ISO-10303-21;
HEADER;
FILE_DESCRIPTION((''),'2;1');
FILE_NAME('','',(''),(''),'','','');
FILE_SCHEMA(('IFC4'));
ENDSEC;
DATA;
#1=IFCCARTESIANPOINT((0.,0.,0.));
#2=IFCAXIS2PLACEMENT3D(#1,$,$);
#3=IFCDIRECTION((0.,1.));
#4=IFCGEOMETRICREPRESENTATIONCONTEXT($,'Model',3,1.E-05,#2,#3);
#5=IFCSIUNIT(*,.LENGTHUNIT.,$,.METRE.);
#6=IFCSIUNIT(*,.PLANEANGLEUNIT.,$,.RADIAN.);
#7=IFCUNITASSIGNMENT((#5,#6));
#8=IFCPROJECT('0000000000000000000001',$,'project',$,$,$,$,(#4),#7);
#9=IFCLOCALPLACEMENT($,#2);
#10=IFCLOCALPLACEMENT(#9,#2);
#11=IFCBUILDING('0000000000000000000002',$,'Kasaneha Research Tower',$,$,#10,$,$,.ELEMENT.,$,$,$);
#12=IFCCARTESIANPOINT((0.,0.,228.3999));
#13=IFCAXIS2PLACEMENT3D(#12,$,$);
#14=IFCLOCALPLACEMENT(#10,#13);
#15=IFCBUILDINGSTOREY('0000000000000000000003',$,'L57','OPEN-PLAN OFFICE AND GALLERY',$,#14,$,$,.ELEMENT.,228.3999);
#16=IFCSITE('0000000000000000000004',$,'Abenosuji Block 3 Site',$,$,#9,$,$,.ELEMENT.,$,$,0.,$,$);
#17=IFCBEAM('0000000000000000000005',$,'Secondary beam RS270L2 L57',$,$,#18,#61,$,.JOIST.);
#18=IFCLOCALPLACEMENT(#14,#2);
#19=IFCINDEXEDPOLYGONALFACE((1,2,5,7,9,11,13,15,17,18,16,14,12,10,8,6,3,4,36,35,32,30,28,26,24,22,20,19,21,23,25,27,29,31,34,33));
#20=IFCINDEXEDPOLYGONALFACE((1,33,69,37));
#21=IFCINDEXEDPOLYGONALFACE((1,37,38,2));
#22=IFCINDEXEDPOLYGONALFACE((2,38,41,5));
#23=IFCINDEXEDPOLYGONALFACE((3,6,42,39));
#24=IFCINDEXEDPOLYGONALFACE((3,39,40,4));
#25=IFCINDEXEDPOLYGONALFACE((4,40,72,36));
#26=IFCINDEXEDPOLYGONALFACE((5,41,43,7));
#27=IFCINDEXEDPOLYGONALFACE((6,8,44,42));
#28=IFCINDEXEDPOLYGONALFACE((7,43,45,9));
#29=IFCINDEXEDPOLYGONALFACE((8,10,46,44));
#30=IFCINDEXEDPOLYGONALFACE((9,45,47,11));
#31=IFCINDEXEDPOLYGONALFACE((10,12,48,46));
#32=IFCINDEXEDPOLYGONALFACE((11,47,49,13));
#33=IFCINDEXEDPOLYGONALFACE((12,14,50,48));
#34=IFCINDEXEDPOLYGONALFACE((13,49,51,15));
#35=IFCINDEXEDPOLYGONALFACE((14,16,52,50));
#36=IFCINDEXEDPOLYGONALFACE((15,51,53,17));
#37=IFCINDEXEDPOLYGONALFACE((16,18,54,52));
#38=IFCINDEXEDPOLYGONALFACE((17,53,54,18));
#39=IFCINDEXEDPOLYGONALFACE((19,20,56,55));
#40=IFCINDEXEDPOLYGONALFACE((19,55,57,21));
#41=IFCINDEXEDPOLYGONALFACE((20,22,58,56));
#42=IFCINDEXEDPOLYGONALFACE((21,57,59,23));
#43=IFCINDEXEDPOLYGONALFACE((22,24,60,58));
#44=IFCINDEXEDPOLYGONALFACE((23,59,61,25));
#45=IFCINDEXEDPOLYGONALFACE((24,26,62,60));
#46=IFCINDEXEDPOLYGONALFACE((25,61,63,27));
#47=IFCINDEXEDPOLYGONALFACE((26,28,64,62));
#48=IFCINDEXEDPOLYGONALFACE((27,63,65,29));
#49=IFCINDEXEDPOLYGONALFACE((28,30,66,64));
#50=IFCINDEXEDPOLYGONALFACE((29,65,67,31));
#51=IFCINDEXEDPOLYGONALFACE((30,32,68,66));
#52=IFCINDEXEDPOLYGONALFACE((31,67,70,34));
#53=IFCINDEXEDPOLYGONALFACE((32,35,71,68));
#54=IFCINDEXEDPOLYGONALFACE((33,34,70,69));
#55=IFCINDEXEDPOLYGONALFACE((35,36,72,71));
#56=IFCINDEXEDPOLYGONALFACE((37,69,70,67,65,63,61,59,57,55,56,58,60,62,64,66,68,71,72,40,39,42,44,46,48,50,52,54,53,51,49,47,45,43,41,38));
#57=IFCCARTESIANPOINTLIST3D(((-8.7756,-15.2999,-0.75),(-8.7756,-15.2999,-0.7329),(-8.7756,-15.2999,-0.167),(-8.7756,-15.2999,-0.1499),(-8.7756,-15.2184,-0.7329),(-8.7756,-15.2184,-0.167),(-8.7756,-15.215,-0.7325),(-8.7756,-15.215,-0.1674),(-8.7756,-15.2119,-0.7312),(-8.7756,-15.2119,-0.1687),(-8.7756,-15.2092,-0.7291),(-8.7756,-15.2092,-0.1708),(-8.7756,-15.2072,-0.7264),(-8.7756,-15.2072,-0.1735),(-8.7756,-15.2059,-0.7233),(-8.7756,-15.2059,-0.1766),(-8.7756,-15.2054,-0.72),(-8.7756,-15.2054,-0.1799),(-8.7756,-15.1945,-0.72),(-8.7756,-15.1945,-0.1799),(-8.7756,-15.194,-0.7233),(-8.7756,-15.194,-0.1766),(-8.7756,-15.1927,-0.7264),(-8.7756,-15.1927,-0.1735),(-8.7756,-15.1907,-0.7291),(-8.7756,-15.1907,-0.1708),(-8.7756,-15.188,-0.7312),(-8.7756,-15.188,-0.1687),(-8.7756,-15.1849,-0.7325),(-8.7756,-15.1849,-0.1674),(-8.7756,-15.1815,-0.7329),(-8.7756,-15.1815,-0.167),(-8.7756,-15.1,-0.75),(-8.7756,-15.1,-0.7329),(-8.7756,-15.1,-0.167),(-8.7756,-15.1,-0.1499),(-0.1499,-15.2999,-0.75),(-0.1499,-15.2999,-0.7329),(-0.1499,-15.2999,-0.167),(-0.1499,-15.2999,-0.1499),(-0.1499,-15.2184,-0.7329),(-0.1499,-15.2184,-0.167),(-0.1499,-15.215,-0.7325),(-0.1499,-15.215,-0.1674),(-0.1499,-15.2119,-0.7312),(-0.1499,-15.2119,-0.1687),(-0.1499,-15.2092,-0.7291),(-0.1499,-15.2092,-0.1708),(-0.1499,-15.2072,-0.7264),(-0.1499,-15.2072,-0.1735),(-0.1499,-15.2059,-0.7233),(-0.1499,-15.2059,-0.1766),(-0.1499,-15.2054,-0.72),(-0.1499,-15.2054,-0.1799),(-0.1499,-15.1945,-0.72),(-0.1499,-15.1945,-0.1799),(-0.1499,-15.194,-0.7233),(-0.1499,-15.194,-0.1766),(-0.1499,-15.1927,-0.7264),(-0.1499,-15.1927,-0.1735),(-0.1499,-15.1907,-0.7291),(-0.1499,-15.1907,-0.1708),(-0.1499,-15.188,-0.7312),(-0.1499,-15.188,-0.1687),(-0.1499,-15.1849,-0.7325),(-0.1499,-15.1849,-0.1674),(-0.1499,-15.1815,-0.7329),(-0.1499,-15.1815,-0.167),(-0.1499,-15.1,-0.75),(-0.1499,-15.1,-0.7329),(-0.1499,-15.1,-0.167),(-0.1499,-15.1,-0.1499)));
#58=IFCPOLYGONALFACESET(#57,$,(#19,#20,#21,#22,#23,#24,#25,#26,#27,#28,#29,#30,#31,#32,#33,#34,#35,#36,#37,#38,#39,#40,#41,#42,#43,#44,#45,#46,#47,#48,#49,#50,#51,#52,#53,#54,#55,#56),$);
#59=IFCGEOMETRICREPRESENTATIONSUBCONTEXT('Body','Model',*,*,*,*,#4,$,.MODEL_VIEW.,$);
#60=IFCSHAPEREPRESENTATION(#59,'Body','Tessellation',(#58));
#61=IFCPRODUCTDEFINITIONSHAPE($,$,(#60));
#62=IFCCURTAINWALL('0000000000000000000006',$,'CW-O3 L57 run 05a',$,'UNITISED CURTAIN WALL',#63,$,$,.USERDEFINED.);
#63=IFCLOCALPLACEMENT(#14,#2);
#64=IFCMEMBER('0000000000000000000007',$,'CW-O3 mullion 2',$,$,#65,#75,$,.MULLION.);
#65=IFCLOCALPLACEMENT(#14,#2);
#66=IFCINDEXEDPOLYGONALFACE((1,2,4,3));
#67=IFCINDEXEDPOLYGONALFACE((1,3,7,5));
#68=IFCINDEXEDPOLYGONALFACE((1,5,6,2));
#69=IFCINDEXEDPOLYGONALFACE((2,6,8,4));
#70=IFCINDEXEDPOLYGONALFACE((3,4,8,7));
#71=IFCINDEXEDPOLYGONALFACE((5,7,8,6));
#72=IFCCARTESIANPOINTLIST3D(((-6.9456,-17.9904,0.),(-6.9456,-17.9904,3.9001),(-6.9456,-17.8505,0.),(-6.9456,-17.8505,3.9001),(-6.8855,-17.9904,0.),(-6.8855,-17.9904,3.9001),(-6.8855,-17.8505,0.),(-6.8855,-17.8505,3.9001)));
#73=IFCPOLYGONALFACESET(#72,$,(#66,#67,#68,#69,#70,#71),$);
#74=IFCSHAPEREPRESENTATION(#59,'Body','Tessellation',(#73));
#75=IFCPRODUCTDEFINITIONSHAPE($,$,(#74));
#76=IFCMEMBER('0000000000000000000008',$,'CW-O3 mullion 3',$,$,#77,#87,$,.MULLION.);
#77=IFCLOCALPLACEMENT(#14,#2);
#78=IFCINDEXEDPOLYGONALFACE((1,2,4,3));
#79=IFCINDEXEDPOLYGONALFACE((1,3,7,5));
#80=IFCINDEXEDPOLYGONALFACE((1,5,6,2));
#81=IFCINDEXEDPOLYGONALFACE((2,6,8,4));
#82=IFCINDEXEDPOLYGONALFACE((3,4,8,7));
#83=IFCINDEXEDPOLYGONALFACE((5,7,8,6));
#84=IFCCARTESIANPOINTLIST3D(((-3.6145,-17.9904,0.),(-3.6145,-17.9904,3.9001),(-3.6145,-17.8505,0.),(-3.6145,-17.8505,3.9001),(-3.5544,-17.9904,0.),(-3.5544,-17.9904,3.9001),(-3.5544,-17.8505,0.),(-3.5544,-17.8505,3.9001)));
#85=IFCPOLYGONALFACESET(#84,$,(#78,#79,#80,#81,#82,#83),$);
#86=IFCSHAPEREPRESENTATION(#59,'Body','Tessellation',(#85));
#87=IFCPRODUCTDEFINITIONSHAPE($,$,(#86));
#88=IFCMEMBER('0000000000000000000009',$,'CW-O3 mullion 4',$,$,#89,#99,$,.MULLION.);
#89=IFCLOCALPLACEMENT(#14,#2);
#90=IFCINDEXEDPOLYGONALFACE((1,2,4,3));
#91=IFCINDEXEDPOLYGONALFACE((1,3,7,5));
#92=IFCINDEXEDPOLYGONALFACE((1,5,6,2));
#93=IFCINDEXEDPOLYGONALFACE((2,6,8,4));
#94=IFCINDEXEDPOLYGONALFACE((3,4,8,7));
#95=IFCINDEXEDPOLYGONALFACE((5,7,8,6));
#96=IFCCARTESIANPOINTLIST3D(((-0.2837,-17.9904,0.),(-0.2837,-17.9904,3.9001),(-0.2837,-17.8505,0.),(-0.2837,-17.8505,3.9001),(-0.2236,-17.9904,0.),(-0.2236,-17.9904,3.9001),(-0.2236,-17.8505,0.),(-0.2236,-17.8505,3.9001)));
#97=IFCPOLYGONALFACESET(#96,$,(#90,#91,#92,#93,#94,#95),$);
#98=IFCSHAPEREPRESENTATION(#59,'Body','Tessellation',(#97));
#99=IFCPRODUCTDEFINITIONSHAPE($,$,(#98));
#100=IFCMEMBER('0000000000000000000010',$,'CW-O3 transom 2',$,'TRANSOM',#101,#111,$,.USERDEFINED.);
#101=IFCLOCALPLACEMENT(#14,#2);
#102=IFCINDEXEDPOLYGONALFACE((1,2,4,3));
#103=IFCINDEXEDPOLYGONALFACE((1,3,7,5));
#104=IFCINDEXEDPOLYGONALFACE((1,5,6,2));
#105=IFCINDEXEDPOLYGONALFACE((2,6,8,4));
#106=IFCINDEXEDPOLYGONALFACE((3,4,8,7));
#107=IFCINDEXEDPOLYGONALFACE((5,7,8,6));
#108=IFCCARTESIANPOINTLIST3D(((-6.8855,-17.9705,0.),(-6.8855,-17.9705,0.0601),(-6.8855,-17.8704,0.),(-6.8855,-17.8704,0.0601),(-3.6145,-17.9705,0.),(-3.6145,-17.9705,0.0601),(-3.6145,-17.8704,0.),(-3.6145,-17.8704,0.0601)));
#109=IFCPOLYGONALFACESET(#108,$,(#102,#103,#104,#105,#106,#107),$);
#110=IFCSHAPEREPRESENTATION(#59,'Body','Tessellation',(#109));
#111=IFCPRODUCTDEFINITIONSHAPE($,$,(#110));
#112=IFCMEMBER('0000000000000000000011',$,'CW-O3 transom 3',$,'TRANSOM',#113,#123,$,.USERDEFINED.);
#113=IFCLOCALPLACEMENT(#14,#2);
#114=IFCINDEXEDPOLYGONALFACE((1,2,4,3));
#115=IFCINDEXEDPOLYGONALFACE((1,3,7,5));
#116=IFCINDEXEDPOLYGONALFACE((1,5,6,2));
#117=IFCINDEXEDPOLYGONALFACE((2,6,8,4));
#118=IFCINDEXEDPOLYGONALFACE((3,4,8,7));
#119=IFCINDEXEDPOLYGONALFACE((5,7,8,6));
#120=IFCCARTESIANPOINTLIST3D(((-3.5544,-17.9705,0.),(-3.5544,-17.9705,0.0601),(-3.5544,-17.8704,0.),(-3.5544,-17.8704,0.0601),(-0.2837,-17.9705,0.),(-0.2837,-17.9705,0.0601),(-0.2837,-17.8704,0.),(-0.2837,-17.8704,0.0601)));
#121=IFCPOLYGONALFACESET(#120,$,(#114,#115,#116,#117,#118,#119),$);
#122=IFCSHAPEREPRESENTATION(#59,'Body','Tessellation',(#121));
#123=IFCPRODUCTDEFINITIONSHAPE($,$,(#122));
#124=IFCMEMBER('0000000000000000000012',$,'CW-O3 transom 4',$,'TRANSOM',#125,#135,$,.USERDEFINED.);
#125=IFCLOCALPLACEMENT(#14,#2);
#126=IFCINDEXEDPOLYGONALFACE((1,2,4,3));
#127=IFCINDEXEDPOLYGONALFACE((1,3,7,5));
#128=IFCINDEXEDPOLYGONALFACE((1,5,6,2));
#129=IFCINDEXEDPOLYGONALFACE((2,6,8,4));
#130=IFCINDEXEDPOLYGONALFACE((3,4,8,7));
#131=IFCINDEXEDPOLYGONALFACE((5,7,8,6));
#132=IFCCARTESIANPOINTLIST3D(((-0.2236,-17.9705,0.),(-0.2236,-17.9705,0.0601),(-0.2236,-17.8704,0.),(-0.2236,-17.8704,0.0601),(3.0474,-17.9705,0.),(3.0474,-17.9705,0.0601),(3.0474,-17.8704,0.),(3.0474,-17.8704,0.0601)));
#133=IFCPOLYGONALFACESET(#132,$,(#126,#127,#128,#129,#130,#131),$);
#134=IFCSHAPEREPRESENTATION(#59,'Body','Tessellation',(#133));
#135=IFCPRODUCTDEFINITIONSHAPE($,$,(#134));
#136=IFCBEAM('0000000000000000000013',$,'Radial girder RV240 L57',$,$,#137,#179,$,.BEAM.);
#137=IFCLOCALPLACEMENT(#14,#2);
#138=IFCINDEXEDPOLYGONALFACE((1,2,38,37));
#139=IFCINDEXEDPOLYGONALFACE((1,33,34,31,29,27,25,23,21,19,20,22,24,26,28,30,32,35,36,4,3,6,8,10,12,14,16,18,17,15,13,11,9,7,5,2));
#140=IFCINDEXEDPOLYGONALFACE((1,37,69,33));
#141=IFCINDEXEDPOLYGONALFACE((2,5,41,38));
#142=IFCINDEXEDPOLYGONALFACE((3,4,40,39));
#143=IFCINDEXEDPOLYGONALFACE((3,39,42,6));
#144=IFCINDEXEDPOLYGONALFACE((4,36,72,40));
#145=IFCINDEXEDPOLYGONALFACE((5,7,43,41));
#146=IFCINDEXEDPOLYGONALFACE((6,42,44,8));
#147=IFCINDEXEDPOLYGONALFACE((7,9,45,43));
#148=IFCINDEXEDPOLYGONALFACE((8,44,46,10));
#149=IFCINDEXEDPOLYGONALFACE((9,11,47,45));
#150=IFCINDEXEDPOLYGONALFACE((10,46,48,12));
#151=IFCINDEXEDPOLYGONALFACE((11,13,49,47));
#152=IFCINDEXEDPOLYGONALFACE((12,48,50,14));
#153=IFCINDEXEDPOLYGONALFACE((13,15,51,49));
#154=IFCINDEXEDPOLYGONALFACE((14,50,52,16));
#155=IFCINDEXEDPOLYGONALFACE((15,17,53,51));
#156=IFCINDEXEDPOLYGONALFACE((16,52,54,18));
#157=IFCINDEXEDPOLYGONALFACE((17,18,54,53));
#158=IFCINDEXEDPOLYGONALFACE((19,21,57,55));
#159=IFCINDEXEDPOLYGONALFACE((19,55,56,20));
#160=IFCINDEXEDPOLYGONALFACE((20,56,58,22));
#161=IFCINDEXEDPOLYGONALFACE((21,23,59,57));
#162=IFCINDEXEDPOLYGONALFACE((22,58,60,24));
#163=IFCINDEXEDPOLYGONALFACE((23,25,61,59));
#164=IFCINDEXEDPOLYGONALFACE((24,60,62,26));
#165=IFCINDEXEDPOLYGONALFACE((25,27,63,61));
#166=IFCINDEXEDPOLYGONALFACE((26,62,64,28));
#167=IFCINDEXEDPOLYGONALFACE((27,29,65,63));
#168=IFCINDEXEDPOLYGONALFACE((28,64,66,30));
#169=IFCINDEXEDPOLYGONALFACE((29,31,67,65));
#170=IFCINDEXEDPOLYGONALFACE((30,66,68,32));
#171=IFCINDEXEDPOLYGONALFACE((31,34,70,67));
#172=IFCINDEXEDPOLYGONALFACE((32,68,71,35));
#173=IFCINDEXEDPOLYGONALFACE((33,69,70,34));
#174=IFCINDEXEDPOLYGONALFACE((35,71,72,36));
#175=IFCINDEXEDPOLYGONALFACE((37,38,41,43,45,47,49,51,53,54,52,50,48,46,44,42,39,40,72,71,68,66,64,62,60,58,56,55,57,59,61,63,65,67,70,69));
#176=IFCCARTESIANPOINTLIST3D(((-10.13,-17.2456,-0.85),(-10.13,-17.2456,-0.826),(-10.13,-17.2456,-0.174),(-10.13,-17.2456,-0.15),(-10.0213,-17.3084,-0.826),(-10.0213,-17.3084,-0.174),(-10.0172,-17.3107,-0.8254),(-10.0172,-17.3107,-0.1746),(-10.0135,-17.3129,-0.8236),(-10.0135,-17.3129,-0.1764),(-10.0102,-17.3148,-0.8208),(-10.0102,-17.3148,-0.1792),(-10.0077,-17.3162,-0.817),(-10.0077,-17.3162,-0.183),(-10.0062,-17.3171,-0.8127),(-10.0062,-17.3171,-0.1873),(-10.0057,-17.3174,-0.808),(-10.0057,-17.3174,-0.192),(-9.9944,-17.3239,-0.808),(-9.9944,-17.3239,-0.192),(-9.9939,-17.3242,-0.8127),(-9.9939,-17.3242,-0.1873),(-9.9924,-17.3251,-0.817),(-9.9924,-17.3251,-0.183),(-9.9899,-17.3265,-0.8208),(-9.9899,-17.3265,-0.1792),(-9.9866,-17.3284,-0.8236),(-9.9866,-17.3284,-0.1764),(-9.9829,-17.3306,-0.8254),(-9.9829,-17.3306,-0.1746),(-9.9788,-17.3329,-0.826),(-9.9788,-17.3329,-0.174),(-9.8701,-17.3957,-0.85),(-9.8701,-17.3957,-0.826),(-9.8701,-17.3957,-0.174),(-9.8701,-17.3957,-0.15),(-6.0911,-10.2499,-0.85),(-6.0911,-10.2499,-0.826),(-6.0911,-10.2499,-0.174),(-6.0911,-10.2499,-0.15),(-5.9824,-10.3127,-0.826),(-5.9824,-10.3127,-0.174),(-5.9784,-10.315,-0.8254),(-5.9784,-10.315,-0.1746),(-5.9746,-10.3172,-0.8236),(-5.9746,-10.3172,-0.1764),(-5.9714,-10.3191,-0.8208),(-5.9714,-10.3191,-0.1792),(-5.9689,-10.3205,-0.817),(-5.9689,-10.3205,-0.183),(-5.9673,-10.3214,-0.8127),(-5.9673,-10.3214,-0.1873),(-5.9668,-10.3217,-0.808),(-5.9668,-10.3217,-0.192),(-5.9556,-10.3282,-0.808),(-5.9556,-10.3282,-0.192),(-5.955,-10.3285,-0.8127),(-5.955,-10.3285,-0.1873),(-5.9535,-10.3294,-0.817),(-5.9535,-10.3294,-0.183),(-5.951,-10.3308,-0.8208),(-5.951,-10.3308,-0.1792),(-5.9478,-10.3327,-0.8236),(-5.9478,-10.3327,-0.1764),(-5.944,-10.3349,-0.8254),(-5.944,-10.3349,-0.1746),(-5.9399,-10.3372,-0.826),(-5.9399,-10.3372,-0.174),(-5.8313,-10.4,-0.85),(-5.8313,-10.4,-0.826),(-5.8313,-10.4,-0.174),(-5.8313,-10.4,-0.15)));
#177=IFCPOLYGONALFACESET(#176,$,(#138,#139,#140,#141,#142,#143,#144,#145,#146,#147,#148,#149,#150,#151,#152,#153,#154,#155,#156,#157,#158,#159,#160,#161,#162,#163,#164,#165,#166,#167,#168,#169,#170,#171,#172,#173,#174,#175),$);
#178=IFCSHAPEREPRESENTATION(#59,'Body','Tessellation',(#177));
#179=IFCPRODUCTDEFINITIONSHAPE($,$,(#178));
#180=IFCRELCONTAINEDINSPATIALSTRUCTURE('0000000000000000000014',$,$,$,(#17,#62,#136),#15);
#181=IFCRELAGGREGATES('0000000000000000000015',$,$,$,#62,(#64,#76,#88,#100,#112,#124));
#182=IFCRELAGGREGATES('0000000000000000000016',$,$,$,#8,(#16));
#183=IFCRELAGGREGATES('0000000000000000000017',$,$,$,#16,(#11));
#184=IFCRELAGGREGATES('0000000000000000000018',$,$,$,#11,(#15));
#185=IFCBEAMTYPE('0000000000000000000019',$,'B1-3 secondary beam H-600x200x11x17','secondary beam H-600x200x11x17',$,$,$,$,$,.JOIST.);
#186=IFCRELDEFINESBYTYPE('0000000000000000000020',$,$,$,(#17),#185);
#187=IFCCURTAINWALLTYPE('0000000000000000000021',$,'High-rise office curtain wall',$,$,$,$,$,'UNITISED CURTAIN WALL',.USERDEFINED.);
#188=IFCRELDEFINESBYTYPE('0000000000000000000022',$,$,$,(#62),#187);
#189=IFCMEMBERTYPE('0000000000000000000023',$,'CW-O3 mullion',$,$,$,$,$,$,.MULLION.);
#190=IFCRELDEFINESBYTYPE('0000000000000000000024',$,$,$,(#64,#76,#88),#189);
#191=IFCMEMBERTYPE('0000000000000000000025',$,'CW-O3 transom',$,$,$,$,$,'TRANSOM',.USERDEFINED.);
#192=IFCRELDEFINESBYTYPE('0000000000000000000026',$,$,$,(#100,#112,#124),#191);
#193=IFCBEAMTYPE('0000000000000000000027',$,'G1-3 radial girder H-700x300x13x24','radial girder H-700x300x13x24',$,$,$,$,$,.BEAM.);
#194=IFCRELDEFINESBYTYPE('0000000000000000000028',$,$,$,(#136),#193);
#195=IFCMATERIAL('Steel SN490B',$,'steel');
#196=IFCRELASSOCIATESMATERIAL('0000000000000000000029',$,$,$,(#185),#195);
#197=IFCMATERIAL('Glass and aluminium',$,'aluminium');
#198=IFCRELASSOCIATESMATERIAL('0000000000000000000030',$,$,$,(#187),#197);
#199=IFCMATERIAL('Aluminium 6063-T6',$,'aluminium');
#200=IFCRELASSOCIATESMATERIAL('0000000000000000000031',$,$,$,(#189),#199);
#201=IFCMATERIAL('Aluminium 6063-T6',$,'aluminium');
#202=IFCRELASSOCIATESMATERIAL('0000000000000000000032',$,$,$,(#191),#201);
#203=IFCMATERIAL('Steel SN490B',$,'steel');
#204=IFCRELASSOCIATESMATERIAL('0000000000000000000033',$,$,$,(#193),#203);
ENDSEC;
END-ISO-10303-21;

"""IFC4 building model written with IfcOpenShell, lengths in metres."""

from ifc_helpers import new_model, si_unit, direction, frame, origin, origin_2d, place, context, subcontext, project, spatial, rectangle, i_section, extrude, material, material_profile, profile_set, type_object, element, aggregate, save


model = new_model("IFC4")

# Units and contexts
model_context = context("Model", 3, precision=1e-05, world=origin(), true_north=direction((0.0, 1.0)))
body_context = subcontext(model_context, "Body", "Model", "MODEL_VIEW")
ifc_project = project(units=[si_unit("LENGTHUNIT", "METRE"), si_unit("PLANEANGLEUNIT", "RADIAN")], contexts=[model_context])

# Site, building, storey
site_placement = place(None, origin())
site = spatial("IfcSite", under=ifc_project, at=site_placement, Name="Abenosuji Block 3 Site", CompositionType="ELEMENT", RefElevation=0.0)
building_placement = place(site_placement, origin())
building = spatial("IfcBuilding", under=site, at=building_placement, Name="Kasaneha Research Tower", CompositionType="ELEMENT")
storey_placement = place(building_placement, frame((0.0, 0.0, 228.3999)))
storey = spatial("IfcBuildingStorey", under=building, at=storey_placement, Name="L57", Description="OPEN-PLAN OFFICE AND GALLERY", CompositionType="ELEMENT", Elevation=228.3999)

# Beam
ifc_material_1 = material(Name="Steel SN490B", Category="steel")
ifc_material_profile_1 = material_profile(ifc_material_1, i_section(OverallWidth=0.2, OverallDepth=0.6001, WebThickness=0.011, FlangeThickness=0.0171, FilletRadius=0.0129, at=origin_2d()), Name="H-600x200x11x17")
ifc_profile_set_1 = profile_set([ifc_material_profile_1], Name="Steel SN490B")
beam_type_1 = type_object("IfcBeamType", Name="B1-3 secondary beam H-600x200x11x17", Description="secondary beam H-600x200x11x17", PredefinedType="JOIST", material=ifc_profile_set_1)
beam_1_placement = place(storey_placement, frame((-8.7756, -15.2, -0.45), z_axis=(1.0, 0.0, 0.0), x_axis=(0.0, 1.0, 0.0)))
element("IfcBeam", 1, at=beam_1_placement, inside=storey, type_object=beam_type_1, Name="Secondary beam RS270L2 L57", PredefinedType="JOIST", context=body_context, shape_type="SweptSolid", body=[
    extrude(i_section(OverallWidth=0.2, OverallDepth=0.6001, WebThickness=0.011, FlangeThickness=0.0171, FilletRadius=0.0129, at=origin_2d()), origin(), (0.0, 0.0, 1.0), 8.6257),
])

# Curtain wall, members
ifc_material_2 = material(Name="Glass and aluminium", Category="aluminium")
curtain_wall_type = type_object("IfcCurtainWallType", Name="High-rise office curtain wall", ElementType="UNITISED CURTAIN WALL", PredefinedType="USERDEFINED", material=ifc_material_2)
curtain_wall_placement = place(storey_placement, origin())
curtain_wall = element("IfcCurtainWall", 2, at=curtain_wall_placement, inside=storey, type_object=curtain_wall_type, Name="CW-O3 L57 run 05a", ObjectType="UNITISED CURTAIN WALL", PredefinedType="USERDEFINED")
ifc_material_3 = material(Name="Aluminium 6063-T6", Category="aluminium")
ifc_material_profile_2 = material_profile(ifc_material_3, rectangle(XDim=0.0601, YDim=0.1399, at=origin_2d()), Name="CW-O3 mullion 60x140")
ifc_profile_set_2 = profile_set([ifc_material_profile_2], Name="Aluminium 6063-T6")
member_type_1 = type_object("IfcMemberType", Name="CW-O3 mullion", PredefinedType="MULLION", material=ifc_profile_set_2)
member_1_placement = place(storey_placement, frame((-6.9155, -17.9204, 0.0), z_axis=(0.0, 0.0, 1.0), x_axis=(1.0, 0.0, 0.0)))
member_1 = element("IfcMember", 3, at=member_1_placement, type_object=member_type_1, Name="CW-O3 mullion 2", PredefinedType="MULLION", context=body_context, shape_type="SweptSolid", body=[
    extrude(rectangle(XDim=0.0601, YDim=0.1399, at=origin_2d()), origin(), (0.0, 0.0, 1.0), 3.9001),
])
member_2_placement = place(storey_placement, frame((-3.5845, -17.9204, 0.0), z_axis=(0.0, 0.0, 1.0), x_axis=(1.0, 0.0, 0.0)))
member_2 = element("IfcMember", 4, at=member_2_placement, type_object=member_type_1, Name="CW-O3 mullion 3", PredefinedType="MULLION", context=body_context, shape_type="SweptSolid", body=[
    extrude(rectangle(XDim=0.0601, YDim=0.1399, at=origin_2d()), origin(), (0.0, 0.0, 1.0), 3.9001),
])
member_3_placement = place(storey_placement, frame((-0.2537, -17.9204, 0.0), z_axis=(0.0, 0.0, 1.0), x_axis=(1.0, 0.0, 0.0)))
member_3 = element("IfcMember", 5, at=member_3_placement, type_object=member_type_1, Name="CW-O3 mullion 4", PredefinedType="MULLION", context=body_context, shape_type="SweptSolid", body=[
    extrude(rectangle(XDim=0.0601, YDim=0.1399, at=origin_2d()), origin(), (0.0, 0.0, 1.0), 3.9001),
])
ifc_material_4 = material(Name="Aluminium 6063-T6", Category="aluminium")
ifc_material_profile_3 = material_profile(ifc_material_4, rectangle(XDim=0.1001, YDim=0.0601, at=origin_2d()), Name="CW-O3 transom 100x60")
ifc_profile_set_3 = profile_set([ifc_material_profile_3], Name="Aluminium 6063-T6")
member_type_2 = type_object("IfcMemberType", Name="CW-O3 transom", ElementType="TRANSOM", PredefinedType="USERDEFINED", material=ifc_profile_set_3)
member_4_placement = place(storey_placement, frame((-6.8855, -17.9204, 0.03), z_axis=(1.0, 0.0, 0.0), x_axis=(0.0, 1.0, 0.0)))
member_4 = element("IfcMember", 6, at=member_4_placement, type_object=member_type_2, Name="CW-O3 transom 2", ObjectType="TRANSOM", PredefinedType="USERDEFINED", context=body_context, shape_type="SweptSolid", body=[
    extrude(rectangle(XDim=0.1001, YDim=0.0601, at=origin_2d()), origin(), (0.0, 0.0, 1.0), 3.271),
])
member_5_placement = place(storey_placement, frame((-3.5544, -17.9204, 0.03), z_axis=(1.0, 0.0, 0.0), x_axis=(0.0, 1.0, 0.0)))
member_5 = element("IfcMember", 7, at=member_5_placement, type_object=member_type_2, Name="CW-O3 transom 3", ObjectType="TRANSOM", PredefinedType="USERDEFINED", context=body_context, shape_type="SweptSolid", body=[
    extrude(rectangle(XDim=0.1001, YDim=0.0601, at=origin_2d()), origin(), (0.0, 0.0, 1.0), 3.2708),
])
member_6_placement = place(storey_placement, frame((-0.2236, -17.9204, 0.03), z_axis=(1.0, 0.0, 0.0), x_axis=(0.0, 1.0, 0.0)))
member_6 = element("IfcMember", 8, at=member_6_placement, type_object=member_type_2, Name="CW-O3 transom 4", ObjectType="TRANSOM", PredefinedType="USERDEFINED", context=body_context, shape_type="SweptSolid", body=[
    extrude(rectangle(XDim=0.1001, YDim=0.0601, at=origin_2d()), origin(), (0.0, 0.0, 1.0), 3.271),
])

# Beam
ifc_material_5 = material(Name="Steel SN490B", Category="steel")
ifc_material_profile_4 = material_profile(ifc_material_5, i_section(OverallWidth=0.3, OverallDepth=0.7, WebThickness=0.0129, FlangeThickness=0.0239, FilletRadius=0.0181, at=origin_2d()), Name="H-700x300x13x24")
ifc_profile_set_4 = profile_set([ifc_material_profile_4], Name="Steel SN490B")
beam_type_2 = type_object("IfcBeamType", Name="G1-3 radial girder H-700x300x13x24", Description="radial girder H-700x300x13x24", PredefinedType="BEAM", material=ifc_profile_set_4)
beam_2_placement = place(storey_placement, frame((-5.9612, -10.325, -0.5), z_axis=(-0.499991, -0.866031, 0.0), x_axis=(0.866031, -0.499991, 0.0)))
element("IfcBeam", 9, at=beam_2_placement, inside=storey, type_object=beam_type_2, Name="Radial girder RV240 L57", PredefinedType="BEAM", context=body_context, shape_type="SweptSolid", body=[
    extrude(i_section(OverallWidth=0.3, OverallDepth=0.7, WebThickness=0.0129, FlangeThickness=0.0239, FilletRadius=0.0181, at=origin_2d()), origin(), (0.0, 0.0, 1.0), 8.0779),
])

aggregate(curtain_wall, [member_1, member_2, member_3, member_4, member_5, member_6])

save(model, "model.ifc")
